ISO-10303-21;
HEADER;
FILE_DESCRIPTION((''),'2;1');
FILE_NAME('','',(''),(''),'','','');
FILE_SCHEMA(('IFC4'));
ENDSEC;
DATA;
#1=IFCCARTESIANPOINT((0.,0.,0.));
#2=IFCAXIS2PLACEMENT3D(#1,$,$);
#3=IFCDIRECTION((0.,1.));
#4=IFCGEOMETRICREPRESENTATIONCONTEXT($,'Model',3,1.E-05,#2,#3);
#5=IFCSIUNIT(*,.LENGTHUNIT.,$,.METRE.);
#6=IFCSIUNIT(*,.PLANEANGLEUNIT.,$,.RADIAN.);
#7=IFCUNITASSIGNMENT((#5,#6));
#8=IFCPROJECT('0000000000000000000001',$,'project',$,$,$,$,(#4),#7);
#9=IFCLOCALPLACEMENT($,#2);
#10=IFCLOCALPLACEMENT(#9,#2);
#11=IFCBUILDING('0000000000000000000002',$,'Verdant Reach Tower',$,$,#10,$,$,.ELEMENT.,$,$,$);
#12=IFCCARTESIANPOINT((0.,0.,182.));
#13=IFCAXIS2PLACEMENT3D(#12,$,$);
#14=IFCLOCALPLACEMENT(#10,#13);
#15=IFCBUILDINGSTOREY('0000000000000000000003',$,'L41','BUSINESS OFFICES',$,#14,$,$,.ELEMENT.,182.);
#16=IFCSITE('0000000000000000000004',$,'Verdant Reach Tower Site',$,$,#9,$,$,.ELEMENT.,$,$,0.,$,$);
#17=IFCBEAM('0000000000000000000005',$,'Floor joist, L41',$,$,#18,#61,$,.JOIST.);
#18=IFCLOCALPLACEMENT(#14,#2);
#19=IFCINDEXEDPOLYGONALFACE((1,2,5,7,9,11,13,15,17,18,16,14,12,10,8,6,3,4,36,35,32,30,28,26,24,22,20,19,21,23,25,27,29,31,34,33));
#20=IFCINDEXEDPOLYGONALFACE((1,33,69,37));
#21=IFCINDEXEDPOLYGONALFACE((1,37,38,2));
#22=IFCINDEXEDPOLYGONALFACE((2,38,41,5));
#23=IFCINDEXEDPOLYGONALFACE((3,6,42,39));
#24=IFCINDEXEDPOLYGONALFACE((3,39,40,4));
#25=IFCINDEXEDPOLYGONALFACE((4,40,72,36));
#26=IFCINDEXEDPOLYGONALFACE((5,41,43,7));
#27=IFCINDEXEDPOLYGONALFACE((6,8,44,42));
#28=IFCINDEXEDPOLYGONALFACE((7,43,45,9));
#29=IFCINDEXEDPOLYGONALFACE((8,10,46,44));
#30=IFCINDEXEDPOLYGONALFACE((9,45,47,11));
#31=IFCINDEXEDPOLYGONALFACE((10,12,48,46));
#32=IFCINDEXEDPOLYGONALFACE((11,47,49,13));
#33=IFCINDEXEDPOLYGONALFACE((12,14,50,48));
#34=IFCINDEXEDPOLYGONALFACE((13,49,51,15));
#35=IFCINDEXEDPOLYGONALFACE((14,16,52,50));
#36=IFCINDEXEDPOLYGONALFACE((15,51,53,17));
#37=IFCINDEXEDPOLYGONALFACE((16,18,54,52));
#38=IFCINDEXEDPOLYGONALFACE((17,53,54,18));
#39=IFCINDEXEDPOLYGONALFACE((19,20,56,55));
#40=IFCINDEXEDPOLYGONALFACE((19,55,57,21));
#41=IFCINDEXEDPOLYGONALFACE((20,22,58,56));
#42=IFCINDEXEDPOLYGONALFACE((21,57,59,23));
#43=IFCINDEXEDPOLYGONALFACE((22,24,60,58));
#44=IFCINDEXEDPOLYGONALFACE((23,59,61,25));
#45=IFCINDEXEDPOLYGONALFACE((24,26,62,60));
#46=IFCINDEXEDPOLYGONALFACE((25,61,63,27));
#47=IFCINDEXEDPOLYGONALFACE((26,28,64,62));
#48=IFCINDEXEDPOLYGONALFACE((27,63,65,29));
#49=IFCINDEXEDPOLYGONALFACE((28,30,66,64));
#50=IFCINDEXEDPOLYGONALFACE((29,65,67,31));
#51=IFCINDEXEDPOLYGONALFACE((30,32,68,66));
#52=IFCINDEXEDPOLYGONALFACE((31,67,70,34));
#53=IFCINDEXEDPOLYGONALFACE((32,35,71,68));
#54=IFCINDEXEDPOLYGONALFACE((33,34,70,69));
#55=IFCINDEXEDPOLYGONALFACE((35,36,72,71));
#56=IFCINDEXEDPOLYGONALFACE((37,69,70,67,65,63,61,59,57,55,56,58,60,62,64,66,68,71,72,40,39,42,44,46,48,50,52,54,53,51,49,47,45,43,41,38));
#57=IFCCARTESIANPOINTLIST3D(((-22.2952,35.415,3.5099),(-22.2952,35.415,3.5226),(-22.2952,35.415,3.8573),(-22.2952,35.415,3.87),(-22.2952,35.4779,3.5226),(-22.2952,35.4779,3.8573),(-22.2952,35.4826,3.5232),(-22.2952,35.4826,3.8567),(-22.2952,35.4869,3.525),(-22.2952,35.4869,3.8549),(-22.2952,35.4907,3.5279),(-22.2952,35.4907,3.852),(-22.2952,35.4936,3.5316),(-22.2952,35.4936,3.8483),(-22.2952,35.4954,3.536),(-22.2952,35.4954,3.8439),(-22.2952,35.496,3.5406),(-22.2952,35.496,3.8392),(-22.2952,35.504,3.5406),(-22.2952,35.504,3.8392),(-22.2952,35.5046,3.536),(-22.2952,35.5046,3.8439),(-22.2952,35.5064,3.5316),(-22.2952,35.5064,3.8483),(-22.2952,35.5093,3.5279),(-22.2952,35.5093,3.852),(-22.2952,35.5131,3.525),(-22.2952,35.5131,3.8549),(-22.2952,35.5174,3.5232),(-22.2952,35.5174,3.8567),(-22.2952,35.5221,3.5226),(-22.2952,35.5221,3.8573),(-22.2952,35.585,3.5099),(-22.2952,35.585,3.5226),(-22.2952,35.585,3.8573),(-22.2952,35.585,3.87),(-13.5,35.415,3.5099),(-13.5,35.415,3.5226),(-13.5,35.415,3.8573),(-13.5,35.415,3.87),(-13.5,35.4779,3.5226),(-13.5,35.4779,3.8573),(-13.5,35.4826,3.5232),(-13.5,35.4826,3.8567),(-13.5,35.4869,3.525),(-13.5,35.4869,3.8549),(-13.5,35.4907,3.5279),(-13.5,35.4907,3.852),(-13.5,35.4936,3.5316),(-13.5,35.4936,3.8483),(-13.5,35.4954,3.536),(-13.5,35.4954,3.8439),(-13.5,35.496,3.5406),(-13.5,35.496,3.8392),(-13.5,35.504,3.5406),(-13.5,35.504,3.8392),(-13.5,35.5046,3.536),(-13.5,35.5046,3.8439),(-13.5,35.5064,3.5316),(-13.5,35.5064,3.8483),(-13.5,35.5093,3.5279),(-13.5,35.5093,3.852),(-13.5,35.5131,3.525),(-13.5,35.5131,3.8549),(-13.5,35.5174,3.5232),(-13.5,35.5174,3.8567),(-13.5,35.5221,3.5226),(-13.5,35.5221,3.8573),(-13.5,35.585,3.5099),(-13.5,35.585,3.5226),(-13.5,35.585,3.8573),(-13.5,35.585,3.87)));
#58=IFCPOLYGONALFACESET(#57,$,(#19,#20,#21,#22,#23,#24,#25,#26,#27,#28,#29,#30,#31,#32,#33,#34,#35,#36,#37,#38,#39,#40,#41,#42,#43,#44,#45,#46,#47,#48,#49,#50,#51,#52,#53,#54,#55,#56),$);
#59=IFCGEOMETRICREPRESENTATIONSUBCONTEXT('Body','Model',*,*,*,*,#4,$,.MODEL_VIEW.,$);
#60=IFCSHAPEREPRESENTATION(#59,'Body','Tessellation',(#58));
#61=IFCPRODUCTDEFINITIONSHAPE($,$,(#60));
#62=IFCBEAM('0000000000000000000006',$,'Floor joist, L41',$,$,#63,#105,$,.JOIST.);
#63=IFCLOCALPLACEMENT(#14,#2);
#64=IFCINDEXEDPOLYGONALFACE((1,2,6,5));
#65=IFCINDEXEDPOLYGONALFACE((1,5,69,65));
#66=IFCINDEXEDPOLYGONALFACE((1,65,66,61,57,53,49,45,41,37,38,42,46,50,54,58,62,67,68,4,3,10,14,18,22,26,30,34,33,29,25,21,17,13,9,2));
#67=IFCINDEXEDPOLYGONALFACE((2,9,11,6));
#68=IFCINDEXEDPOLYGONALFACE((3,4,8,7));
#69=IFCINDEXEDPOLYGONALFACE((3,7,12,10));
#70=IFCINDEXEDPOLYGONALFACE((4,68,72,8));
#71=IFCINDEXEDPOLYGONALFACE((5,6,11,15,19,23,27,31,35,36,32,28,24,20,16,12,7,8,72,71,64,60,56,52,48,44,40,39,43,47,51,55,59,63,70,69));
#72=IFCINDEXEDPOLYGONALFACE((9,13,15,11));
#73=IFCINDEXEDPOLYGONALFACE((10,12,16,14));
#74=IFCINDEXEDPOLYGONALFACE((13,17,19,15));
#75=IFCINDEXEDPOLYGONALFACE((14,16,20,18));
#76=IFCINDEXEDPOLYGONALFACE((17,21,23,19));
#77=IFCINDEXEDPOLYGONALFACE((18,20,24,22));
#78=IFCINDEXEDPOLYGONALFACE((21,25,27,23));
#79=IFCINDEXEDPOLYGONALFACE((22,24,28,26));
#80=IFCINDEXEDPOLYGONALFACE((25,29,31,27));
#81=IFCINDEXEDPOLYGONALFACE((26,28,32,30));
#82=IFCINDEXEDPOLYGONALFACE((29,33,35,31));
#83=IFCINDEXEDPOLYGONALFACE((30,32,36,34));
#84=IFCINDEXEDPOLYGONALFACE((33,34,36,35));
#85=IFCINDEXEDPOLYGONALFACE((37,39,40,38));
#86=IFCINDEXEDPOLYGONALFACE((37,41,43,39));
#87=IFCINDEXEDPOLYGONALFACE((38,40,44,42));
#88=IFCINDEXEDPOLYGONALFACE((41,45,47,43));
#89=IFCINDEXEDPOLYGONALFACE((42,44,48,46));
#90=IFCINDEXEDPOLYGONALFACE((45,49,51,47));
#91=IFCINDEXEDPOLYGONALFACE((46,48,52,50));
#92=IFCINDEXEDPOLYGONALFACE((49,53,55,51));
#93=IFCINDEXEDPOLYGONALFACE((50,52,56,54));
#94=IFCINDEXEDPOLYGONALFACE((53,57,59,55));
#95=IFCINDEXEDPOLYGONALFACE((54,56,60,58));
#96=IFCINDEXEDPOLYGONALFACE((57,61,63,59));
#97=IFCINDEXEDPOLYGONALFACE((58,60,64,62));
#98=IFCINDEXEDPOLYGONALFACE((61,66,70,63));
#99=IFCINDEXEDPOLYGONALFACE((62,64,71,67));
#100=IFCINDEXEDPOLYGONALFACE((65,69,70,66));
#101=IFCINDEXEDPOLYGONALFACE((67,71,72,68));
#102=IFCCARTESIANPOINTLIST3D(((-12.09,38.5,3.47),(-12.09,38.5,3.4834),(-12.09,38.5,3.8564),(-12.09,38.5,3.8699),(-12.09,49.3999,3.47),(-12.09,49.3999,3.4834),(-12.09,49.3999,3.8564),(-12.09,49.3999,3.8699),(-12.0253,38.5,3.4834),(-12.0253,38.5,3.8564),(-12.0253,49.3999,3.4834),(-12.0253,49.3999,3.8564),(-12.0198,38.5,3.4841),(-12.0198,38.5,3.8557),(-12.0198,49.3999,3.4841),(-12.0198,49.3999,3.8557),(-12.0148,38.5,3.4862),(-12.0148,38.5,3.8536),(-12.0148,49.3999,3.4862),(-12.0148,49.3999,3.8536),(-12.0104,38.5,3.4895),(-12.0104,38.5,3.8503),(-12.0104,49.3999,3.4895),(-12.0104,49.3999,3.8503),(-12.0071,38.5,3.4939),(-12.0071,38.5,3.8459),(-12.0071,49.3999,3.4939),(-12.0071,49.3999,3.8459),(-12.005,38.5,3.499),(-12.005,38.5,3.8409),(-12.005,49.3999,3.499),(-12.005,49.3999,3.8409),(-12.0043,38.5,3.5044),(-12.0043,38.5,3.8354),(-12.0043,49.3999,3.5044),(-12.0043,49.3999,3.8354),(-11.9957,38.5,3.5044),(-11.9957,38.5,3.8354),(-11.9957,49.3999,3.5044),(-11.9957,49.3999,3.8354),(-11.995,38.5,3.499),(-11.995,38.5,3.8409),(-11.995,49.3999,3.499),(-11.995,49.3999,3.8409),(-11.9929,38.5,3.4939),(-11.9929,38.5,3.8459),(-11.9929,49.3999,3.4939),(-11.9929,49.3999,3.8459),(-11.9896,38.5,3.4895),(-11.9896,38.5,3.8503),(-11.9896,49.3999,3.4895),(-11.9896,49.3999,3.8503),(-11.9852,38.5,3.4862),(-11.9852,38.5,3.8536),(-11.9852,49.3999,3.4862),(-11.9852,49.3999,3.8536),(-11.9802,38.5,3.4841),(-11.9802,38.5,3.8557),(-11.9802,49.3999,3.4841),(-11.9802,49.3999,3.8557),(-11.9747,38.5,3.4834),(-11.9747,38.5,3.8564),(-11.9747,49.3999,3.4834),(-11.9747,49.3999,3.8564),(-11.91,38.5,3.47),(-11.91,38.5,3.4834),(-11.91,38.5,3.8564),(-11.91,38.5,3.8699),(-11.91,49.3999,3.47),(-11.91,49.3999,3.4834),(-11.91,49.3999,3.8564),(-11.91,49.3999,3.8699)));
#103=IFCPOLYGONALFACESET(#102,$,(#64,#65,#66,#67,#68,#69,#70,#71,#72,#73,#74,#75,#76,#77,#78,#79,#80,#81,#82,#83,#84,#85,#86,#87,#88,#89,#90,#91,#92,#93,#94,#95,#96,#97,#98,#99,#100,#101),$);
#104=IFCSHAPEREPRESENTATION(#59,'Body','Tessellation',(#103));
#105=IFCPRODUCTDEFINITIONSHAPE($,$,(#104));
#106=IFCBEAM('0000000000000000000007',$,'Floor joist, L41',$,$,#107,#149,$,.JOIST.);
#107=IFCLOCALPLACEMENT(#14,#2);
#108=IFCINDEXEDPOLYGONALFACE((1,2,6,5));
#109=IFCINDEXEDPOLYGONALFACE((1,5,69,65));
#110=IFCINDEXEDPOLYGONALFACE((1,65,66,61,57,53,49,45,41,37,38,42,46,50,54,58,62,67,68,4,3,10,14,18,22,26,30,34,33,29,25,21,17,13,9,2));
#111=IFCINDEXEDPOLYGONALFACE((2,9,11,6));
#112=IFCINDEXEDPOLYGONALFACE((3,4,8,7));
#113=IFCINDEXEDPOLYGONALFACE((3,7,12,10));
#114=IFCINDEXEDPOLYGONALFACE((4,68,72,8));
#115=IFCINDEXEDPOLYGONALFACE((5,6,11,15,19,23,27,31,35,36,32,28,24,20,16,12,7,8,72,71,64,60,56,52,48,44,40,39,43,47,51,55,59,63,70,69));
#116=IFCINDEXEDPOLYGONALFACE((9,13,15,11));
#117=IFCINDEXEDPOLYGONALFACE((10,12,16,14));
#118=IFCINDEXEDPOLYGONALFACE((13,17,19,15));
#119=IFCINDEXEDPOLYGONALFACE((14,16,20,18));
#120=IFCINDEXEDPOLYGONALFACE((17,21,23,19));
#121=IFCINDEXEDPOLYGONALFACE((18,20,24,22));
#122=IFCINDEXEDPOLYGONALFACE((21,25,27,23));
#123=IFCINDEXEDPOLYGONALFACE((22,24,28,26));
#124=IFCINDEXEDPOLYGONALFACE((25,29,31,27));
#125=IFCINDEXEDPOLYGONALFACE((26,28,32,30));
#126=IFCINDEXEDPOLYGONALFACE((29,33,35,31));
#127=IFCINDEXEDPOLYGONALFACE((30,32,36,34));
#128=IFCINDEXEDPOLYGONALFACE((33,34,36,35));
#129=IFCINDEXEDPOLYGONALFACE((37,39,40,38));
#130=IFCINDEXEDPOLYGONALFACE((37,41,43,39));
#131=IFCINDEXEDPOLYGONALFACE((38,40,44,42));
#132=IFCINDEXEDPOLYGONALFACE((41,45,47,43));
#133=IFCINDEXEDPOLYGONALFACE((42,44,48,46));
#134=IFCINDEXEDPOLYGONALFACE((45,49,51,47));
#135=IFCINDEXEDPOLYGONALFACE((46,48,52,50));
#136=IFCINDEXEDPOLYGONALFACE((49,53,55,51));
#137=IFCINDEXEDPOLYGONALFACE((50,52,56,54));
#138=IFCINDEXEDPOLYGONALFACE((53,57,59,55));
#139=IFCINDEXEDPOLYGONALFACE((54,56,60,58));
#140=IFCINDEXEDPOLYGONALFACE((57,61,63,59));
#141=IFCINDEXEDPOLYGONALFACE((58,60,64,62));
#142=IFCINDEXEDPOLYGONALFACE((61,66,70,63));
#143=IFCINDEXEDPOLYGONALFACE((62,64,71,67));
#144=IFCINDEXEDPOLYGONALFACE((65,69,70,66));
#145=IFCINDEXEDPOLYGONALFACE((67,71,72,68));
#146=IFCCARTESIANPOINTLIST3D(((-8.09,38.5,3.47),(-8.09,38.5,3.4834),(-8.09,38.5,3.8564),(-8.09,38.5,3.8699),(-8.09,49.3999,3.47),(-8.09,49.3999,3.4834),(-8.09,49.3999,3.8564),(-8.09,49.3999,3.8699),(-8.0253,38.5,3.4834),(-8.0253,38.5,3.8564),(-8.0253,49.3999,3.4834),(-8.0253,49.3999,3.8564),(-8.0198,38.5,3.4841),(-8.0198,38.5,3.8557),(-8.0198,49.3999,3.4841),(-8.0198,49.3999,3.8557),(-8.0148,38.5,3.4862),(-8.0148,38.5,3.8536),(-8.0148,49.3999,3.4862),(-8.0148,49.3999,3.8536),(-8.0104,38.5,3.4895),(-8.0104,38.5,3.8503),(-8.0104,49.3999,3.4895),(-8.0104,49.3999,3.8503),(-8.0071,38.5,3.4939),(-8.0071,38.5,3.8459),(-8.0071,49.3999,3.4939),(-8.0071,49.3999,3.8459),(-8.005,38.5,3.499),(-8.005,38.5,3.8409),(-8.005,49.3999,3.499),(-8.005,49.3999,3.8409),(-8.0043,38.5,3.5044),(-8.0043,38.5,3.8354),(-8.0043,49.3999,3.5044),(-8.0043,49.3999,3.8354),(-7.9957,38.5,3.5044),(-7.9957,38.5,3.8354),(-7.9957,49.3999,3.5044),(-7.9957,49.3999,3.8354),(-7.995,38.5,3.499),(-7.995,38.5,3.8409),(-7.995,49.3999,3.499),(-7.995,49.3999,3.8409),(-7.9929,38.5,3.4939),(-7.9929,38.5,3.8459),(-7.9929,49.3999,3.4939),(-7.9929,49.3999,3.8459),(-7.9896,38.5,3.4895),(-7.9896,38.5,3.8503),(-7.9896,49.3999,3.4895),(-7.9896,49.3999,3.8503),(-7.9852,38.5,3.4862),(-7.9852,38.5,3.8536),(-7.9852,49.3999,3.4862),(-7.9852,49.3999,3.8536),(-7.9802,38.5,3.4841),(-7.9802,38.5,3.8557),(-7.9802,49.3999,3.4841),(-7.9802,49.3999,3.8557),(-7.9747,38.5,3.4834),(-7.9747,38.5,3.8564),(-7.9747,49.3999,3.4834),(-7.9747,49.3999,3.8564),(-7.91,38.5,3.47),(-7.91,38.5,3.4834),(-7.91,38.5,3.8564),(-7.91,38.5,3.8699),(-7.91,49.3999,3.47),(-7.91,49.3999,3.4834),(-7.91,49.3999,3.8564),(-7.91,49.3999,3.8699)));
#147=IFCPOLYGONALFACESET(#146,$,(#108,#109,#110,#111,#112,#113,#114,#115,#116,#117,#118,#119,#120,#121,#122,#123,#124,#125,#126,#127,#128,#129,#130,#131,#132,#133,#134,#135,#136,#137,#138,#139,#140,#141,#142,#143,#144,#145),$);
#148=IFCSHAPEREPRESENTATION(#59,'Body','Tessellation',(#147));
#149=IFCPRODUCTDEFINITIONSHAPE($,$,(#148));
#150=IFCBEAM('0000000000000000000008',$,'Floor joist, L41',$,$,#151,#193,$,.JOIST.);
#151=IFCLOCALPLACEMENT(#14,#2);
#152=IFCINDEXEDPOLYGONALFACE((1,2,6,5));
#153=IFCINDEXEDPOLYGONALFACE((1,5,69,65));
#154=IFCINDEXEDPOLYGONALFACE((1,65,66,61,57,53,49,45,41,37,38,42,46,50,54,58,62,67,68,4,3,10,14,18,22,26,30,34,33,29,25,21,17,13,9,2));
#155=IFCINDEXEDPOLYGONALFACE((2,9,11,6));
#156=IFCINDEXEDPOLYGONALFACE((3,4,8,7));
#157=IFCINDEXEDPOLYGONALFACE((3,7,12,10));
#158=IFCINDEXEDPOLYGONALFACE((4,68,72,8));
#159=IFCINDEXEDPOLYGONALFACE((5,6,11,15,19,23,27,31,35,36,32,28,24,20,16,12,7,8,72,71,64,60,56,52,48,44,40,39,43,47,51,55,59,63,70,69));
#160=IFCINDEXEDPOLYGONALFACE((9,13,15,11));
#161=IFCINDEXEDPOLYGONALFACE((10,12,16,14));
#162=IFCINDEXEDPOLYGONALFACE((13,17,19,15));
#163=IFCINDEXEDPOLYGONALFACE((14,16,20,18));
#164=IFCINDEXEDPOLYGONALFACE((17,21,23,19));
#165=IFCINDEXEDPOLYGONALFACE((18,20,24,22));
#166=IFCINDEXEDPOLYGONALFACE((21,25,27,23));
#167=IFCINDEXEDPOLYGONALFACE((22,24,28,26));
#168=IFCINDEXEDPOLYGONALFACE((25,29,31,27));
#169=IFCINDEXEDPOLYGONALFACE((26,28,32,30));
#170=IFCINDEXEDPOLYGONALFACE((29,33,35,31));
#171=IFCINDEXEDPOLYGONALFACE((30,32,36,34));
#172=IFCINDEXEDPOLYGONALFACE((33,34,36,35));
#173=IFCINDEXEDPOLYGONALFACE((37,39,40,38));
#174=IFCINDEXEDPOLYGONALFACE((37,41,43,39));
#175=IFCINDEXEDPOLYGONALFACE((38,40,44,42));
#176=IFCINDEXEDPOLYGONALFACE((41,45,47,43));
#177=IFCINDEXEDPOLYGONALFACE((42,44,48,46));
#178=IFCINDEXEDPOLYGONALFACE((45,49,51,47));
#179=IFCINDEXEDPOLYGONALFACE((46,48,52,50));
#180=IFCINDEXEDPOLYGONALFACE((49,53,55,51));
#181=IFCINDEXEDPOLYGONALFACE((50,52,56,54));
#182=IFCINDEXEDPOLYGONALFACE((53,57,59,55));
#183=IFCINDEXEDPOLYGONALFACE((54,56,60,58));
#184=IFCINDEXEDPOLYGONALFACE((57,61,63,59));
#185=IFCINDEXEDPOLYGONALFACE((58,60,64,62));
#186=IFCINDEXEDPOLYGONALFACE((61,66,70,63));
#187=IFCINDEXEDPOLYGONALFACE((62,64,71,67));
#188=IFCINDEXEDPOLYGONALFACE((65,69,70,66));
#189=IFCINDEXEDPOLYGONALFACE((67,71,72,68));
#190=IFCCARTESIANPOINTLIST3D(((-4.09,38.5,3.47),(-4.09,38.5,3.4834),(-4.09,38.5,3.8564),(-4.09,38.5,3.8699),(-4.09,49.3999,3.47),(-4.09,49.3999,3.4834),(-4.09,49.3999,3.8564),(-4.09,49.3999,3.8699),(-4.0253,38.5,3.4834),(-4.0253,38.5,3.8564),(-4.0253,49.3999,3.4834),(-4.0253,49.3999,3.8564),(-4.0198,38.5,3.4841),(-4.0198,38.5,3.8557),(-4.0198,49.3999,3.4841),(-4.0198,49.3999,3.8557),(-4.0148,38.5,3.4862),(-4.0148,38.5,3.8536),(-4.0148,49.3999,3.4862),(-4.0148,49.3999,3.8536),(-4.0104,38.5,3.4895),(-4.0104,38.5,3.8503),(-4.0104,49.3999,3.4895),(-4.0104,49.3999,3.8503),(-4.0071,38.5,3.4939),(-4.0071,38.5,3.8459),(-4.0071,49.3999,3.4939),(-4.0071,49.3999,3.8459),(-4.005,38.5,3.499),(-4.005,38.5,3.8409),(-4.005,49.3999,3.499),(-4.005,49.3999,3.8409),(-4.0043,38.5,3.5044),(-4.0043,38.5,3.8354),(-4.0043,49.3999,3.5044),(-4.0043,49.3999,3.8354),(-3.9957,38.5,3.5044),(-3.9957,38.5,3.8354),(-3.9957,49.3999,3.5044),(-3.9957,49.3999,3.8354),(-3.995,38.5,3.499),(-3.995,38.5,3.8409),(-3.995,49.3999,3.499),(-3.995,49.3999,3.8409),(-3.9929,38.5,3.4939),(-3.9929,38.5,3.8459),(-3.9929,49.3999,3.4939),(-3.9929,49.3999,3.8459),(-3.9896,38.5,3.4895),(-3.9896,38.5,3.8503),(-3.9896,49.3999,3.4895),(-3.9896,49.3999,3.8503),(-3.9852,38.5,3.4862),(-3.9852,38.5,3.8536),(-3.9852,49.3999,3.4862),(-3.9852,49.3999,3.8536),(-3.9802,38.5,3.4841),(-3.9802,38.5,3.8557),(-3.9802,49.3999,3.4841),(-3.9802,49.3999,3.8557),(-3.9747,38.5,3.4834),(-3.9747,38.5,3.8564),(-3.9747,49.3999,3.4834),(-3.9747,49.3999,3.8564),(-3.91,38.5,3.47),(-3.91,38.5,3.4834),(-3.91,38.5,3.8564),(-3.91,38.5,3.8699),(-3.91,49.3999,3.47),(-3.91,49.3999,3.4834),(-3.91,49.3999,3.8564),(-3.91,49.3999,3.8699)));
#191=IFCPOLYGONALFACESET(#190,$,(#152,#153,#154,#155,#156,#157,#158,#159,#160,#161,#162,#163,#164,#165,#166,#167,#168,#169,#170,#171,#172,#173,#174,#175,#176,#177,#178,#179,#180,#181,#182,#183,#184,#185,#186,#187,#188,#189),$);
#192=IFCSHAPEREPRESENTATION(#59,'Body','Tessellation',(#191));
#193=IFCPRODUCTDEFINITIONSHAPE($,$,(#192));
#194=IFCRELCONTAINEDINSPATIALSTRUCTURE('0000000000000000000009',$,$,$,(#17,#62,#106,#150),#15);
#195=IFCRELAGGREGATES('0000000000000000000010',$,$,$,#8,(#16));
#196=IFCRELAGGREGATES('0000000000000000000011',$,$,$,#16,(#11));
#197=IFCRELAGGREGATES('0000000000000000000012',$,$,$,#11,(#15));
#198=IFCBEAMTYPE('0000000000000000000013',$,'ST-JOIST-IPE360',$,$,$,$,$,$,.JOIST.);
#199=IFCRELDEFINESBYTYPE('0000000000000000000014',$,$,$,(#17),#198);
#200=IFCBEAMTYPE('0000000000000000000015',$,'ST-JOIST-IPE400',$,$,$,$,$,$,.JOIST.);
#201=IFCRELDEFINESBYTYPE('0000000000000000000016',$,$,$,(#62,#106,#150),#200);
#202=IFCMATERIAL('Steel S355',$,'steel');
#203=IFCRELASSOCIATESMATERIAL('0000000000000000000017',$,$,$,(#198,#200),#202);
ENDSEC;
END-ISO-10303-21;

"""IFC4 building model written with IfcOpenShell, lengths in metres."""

from ifc_helpers import new_model, si_unit, direction, frame, origin, origin_2d, place, context, subcontext, project, spatial, i_section, extrude, material, material_profile, profile_set, type_object, element, save


model = new_model("IFC4")

# Units and contexts
model_context = context("Model", 3, precision=1e-05, world=origin(), true_north=direction((0.0, 1.0)))
body_context = subcontext(model_context, "Body", "Model", "MODEL_VIEW")
ifc_project = project(units=[si_unit("LENGTHUNIT", "METRE"), si_unit("PLANEANGLEUNIT", "RADIAN")], contexts=[model_context])

# Site, building, storey
site_placement = place(None, origin())
site = spatial("IfcSite", under=ifc_project, at=site_placement, Name="Verdant Reach Tower Site", CompositionType="ELEMENT", RefElevation=0.0)
building_placement = place(site_placement, origin())
building = spatial("IfcBuilding", under=site, at=building_placement, Name="Verdant Reach Tower", CompositionType="ELEMENT")
storey_placement = place(building_placement, frame((0.0, 0.0, 182.0)))
storey = spatial("IfcBuildingStorey", under=building, at=storey_placement, Name="L41", Description="BUSINESS OFFICES", CompositionType="ELEMENT", Elevation=182.0)

# Beams
ifc_material_1 = material(Name="Steel S355", Category="steel")
ifc_material_profile_1 = material_profile(ifc_material_1, i_section(OverallWidth=0.1699, OverallDepth=0.3601, WebThickness=0.0081, FlangeThickness=0.0127, FilletRadius=0.0181, at=origin_2d()), Name="IPE 360")
ifc_profile_set_1 = profile_set([ifc_material_profile_1], Name="Steel S355")
beam_type_1 = type_object("IfcBeamType", Name="ST-JOIST-IPE360", PredefinedType="JOIST", material=ifc_profile_set_1)
beam_1_placement = place(storey_placement, frame((-13.5, 35.5, 3.6899), z_axis=(-1.0, 0.0, 0.0), x_axis=(0.0, -1.0, 0.0)))
element("IfcBeam", 1, at=beam_1_placement, inside=storey, type_object=beam_type_1, Name="Floor joist, L41", PredefinedType="JOIST", context=body_context, shape_type="SweptSolid", body=[
    extrude(i_section(OverallWidth=0.1699, OverallDepth=0.3601, WebThickness=0.0081, FlangeThickness=0.0127, FilletRadius=0.0181, at=origin_2d()), origin(), (0.0, 0.0, 1.0), 8.7952),
])
ifc_material_profile_2 = material_profile(ifc_material_1, i_section(OverallWidth=0.1799, OverallDepth=0.3999, WebThickness=0.0085, FlangeThickness=0.0134, FilletRadius=0.021, at=origin_2d()), Name="IPE 400")
ifc_profile_set_2 = profile_set([ifc_material_profile_2], Name="Steel S355")
beam_type_2 = type_object("IfcBeamType", Name="ST-JOIST-IPE400", PredefinedType="JOIST", material=ifc_profile_set_2)
for number, where, z_axis, x_axis, name in (
    (2, (-12.0, 38.5, 3.6699), (0.0, 1.0, 0.0), (-1.0, 0.0, 0.0), "Floor joist, L41"),
    (3, (-8.0, 38.5, 3.6699), (0.0, 1.0, 0.0), (-1.0, 0.0, 0.0), "Floor joist, L41"),
    (4, (-4.0, 38.5, 3.6699), (0.0, 1.0, 0.0), (-1.0, 0.0, 0.0), "Floor joist, L41"),
):
    element("IfcBeam", number, at=place(storey_placement, frame(where, z_axis=z_axis, x_axis=x_axis)), inside=storey, type_object=beam_type_2, Name=name, PredefinedType="JOIST", context=body_context, shape_type="SweptSolid", body=[
        extrude(i_section(OverallWidth=0.1799, OverallDepth=0.3999, WebThickness=0.0085, FlangeThickness=0.0134, FilletRadius=0.021, at=origin_2d()), origin(), (0.0, 0.0, 1.0), 10.8999),
    ])

save(model, "model.ifc")
